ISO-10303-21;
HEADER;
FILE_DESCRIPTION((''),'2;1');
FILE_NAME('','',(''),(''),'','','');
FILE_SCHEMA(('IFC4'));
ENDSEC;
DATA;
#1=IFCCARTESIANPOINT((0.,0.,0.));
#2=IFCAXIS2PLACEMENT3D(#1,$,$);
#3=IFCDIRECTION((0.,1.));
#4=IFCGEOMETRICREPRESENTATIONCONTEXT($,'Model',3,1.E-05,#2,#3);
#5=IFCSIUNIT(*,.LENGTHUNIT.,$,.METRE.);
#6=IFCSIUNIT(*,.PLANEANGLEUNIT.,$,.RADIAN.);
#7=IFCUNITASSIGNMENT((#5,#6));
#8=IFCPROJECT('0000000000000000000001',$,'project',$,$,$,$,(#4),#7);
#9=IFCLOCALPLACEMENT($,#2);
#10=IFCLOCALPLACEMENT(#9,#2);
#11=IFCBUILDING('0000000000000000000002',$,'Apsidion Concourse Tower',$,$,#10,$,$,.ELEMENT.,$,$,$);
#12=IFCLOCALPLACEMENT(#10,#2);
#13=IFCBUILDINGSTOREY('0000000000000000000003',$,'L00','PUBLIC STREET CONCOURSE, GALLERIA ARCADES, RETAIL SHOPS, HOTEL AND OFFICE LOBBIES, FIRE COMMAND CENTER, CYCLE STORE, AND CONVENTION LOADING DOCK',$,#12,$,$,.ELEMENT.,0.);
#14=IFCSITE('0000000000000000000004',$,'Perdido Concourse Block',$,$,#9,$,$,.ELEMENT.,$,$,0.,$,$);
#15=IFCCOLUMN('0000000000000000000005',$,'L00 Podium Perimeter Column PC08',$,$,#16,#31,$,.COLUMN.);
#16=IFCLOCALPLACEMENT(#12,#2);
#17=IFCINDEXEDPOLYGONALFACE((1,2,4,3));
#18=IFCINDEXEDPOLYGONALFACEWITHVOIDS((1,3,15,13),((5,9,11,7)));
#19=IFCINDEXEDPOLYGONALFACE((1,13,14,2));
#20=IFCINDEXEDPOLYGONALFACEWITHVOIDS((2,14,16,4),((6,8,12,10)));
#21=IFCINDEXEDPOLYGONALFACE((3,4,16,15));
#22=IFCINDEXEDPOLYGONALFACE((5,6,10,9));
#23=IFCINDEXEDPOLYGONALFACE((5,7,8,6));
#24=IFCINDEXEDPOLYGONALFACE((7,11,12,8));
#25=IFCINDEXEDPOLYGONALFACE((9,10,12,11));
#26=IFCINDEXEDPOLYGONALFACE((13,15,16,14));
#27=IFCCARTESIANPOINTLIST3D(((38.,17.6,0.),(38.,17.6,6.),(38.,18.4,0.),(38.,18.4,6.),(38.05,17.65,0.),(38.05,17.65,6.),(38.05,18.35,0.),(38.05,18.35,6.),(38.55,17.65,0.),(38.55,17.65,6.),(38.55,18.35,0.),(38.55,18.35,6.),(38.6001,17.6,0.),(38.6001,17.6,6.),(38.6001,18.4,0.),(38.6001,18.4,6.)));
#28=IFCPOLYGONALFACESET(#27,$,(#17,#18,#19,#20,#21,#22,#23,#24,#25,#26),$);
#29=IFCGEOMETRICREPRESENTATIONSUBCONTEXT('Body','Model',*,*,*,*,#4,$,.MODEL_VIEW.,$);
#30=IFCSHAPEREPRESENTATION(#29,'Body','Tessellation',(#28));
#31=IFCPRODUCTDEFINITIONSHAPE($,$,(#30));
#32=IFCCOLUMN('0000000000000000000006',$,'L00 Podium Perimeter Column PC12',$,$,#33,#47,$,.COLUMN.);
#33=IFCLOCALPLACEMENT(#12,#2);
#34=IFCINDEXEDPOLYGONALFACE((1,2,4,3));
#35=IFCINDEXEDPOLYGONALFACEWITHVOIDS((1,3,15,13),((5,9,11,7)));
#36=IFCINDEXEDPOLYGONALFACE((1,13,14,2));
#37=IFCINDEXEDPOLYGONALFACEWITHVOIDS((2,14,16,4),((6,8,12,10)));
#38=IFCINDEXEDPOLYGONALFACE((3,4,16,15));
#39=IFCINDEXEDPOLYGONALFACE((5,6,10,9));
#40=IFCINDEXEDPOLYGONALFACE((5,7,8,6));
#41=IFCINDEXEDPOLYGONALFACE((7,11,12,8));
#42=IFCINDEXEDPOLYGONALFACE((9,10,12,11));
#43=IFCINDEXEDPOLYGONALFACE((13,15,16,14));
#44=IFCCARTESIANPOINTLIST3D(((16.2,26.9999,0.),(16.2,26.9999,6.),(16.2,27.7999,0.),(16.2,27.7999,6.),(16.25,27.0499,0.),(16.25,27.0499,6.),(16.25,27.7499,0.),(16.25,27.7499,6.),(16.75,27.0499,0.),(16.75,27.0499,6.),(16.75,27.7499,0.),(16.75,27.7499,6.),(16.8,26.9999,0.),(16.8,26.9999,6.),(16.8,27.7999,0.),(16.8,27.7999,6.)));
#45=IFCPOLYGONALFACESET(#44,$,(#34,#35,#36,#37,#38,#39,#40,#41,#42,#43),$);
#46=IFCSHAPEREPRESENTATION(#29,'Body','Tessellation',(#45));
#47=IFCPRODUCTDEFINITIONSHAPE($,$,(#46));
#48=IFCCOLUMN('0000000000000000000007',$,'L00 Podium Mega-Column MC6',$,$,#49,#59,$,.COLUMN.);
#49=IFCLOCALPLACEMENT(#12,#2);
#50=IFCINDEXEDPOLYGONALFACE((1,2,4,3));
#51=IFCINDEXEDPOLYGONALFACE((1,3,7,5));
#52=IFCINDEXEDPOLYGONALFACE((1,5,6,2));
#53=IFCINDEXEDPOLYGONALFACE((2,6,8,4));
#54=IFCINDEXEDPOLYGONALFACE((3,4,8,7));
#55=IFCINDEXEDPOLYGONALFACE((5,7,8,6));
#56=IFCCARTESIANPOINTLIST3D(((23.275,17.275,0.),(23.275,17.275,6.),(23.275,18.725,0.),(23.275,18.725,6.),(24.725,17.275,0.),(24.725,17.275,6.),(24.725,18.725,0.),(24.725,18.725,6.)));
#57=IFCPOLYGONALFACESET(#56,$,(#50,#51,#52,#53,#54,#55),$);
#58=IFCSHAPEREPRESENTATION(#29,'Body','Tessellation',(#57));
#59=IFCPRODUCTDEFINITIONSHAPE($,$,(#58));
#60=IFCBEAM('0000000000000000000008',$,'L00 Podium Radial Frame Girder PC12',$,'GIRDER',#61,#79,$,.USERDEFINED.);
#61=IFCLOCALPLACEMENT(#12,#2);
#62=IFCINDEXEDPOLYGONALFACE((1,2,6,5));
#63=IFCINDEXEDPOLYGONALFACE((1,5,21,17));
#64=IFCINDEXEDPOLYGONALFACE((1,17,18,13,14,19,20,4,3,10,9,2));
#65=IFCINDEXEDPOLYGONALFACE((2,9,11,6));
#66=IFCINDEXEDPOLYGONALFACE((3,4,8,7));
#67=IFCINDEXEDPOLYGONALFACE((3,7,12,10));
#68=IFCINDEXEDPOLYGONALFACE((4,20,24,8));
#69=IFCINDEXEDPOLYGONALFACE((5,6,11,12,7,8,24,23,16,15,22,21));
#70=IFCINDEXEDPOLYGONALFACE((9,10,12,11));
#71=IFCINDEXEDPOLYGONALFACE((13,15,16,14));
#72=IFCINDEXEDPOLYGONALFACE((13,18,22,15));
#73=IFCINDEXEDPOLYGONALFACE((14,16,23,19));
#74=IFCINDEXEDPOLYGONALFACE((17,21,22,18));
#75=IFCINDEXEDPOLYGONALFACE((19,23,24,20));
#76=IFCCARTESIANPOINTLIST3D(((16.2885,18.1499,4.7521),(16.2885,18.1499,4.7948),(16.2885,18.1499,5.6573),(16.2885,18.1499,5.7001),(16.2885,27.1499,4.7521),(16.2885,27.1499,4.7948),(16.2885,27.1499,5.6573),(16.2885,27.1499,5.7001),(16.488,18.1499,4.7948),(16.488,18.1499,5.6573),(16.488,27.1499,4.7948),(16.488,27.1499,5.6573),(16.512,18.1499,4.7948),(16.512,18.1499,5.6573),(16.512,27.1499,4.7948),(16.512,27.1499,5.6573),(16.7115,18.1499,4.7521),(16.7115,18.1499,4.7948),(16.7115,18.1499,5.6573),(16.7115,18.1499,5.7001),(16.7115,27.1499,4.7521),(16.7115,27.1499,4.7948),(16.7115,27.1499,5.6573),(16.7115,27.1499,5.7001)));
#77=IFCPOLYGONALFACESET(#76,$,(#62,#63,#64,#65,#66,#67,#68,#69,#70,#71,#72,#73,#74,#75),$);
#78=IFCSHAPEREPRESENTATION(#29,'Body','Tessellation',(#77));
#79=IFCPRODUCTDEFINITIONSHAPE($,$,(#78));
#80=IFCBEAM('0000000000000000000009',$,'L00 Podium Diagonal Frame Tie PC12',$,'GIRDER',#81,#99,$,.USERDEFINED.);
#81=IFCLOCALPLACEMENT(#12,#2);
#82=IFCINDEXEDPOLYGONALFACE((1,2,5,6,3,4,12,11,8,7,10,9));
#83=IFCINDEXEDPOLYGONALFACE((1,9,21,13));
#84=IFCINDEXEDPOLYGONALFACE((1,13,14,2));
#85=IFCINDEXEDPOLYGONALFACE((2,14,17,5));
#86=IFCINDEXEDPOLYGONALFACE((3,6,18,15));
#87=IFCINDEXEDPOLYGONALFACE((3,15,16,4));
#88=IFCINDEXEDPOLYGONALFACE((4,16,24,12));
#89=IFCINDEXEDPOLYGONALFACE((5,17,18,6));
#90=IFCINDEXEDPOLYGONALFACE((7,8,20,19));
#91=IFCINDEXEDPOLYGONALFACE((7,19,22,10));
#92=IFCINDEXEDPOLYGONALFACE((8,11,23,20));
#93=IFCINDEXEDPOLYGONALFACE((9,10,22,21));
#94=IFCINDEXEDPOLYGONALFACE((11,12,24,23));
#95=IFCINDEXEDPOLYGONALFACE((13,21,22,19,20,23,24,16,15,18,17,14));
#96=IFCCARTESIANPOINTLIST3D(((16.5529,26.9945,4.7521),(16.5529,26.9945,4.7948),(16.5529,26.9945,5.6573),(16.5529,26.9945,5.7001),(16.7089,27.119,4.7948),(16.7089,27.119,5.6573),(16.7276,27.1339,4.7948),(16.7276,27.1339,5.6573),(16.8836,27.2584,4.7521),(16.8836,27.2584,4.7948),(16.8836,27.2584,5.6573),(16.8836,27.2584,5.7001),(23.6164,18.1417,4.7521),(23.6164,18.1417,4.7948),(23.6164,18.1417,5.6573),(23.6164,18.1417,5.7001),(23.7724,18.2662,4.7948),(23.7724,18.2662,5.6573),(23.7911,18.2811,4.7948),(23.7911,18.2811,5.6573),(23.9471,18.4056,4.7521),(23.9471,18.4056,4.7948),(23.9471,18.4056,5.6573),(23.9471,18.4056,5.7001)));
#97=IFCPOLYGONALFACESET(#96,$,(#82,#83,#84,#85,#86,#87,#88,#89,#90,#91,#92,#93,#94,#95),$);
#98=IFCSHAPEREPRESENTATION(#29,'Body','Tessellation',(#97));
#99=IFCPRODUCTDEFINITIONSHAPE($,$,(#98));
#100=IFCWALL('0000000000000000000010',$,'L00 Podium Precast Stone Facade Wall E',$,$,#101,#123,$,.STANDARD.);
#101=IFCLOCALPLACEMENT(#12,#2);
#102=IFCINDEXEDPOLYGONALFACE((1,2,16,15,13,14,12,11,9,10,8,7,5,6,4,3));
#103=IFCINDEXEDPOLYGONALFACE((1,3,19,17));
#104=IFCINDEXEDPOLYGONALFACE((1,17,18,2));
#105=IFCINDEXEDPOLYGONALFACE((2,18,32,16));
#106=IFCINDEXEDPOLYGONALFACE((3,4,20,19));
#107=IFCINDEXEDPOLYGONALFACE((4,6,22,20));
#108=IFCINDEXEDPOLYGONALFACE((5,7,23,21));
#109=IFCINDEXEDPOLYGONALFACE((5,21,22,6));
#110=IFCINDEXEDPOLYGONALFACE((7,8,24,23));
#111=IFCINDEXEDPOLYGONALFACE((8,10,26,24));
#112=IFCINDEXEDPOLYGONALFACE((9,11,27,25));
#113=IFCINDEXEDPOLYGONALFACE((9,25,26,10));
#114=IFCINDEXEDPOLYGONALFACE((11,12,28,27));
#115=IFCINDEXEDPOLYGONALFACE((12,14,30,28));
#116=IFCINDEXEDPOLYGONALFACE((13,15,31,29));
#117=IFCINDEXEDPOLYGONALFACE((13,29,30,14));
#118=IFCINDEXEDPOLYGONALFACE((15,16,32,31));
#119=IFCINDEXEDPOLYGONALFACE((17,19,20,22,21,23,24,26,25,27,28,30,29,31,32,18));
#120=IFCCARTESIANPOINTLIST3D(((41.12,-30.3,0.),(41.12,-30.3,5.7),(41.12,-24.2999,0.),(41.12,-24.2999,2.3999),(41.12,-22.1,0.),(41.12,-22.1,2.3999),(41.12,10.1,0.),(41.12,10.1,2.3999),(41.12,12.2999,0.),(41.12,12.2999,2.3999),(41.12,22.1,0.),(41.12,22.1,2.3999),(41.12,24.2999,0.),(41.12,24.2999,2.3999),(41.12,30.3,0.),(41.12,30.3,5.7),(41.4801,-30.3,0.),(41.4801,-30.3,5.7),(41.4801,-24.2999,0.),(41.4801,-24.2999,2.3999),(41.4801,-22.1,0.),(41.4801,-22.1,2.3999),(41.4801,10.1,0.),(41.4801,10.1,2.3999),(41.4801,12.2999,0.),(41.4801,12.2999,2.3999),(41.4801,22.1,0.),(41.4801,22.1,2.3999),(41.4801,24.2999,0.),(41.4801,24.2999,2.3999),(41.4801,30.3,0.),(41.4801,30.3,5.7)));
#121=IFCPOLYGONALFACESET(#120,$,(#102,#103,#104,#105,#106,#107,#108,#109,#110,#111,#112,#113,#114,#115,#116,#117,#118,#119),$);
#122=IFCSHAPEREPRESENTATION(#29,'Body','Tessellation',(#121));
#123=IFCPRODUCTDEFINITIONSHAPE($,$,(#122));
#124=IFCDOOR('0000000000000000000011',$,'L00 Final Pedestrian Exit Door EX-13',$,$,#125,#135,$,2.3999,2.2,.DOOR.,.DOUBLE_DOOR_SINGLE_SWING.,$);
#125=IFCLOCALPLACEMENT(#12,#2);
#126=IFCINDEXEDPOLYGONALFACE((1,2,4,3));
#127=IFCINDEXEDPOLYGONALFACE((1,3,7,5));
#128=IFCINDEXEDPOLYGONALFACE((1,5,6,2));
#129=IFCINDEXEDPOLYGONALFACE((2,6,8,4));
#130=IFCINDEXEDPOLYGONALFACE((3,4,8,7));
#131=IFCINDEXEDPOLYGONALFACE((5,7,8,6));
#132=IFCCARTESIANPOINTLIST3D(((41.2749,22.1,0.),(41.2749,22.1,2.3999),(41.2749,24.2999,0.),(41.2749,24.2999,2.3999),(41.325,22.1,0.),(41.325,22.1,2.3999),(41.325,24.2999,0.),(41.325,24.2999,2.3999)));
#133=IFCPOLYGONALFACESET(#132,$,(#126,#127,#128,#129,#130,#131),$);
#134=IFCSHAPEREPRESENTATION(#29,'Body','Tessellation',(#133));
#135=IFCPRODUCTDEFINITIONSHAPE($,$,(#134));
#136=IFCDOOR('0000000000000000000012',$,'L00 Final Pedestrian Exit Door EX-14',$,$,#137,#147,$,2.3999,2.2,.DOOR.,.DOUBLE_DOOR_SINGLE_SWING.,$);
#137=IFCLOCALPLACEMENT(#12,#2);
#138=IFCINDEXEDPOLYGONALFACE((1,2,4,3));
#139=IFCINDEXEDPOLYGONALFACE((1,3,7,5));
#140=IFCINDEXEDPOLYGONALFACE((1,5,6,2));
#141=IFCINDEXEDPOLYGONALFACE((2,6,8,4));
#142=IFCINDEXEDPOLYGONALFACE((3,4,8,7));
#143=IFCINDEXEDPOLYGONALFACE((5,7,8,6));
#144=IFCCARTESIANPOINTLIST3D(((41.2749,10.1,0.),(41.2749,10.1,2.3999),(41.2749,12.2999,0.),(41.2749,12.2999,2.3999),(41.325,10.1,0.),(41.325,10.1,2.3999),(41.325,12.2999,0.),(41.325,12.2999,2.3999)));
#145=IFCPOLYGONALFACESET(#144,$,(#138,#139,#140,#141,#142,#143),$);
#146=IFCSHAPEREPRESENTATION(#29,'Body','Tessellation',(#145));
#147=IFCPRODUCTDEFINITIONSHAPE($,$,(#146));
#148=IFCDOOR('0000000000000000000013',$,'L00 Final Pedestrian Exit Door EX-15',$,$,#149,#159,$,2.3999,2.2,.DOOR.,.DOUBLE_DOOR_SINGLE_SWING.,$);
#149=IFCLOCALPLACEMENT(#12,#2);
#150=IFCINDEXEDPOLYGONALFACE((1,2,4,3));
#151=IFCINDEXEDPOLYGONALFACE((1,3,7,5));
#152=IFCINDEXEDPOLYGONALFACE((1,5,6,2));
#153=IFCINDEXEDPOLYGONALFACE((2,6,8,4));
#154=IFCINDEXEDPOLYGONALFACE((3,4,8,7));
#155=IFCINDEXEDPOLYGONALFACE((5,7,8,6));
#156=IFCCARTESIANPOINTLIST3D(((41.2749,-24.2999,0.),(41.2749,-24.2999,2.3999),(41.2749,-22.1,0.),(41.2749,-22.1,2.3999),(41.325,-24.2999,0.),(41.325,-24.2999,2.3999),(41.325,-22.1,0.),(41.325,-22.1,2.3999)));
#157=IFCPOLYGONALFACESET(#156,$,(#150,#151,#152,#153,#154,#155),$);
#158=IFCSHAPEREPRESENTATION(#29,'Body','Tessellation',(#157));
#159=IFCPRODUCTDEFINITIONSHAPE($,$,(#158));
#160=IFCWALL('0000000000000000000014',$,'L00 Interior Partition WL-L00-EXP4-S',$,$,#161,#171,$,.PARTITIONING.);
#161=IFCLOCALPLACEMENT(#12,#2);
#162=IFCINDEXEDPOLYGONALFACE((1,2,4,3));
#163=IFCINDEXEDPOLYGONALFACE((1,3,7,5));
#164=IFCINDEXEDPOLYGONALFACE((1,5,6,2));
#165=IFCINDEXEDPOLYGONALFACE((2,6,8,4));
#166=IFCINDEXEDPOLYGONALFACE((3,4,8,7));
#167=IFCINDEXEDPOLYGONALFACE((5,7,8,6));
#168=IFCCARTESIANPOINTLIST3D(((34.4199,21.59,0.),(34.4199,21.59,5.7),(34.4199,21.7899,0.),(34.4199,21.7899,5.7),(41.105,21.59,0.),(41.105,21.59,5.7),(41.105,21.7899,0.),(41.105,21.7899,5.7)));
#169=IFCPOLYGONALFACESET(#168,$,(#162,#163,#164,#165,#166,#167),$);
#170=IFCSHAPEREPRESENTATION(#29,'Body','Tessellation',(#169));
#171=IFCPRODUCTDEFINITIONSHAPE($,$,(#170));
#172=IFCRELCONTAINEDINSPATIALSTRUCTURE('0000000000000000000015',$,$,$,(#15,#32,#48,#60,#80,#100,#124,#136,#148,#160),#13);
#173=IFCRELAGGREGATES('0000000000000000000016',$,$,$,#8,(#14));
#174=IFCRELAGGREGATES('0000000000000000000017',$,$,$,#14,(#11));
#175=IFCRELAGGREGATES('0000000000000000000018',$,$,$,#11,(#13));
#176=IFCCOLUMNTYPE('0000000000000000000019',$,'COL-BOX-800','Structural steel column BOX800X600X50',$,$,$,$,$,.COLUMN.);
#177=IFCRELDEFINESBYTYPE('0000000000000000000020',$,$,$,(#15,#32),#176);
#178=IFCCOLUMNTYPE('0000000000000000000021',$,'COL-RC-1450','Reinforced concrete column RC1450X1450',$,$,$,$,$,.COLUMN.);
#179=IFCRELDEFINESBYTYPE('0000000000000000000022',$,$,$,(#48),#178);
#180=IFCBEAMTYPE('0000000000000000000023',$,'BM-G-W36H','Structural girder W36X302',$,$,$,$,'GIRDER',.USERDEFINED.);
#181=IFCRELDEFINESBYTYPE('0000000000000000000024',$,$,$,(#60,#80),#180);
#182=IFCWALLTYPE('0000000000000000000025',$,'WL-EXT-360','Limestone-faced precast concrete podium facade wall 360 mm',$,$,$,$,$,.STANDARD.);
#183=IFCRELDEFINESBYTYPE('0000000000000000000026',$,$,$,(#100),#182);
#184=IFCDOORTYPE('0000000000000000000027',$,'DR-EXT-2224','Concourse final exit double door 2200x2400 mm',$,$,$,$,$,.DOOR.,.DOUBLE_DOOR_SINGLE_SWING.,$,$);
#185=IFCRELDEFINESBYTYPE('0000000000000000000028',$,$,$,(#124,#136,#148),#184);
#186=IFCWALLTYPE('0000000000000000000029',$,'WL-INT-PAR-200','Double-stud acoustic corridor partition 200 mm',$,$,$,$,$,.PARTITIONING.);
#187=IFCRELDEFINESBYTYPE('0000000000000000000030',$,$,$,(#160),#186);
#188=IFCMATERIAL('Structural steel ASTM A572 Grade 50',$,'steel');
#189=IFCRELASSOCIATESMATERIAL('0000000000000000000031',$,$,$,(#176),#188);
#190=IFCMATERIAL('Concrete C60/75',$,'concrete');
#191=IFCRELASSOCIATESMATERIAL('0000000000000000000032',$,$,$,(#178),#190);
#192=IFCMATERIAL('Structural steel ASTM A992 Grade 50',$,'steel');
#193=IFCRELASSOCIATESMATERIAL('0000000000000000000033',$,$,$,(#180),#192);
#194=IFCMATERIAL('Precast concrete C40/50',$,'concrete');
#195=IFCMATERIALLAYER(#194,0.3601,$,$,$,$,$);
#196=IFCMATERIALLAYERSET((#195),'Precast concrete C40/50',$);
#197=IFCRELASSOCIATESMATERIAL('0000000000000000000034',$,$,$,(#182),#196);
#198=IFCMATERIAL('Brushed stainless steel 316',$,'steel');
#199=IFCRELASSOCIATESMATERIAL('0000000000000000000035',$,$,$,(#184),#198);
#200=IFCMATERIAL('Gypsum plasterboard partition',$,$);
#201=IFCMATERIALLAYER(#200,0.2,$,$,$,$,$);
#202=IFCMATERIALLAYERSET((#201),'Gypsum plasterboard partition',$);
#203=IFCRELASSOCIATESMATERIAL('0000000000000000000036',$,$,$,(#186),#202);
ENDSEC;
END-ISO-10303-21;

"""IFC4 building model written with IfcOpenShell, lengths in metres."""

from ifc_helpers import new_model, si_unit, direction, frame, frame_2d, origin, origin_2d, place, context, subcontext, project, spatial, rectangle, hollow_rectangle, i_section, extrude, material, layer, layer_set, material_profile, profile_set, type_object, element, fill, save


model = new_model("IFC4")

# Units and contexts
model_context = context("Model", 3, precision=1e-05, world=origin(), true_north=direction((0.0, 1.0)))
body_context = subcontext(model_context, "Body", "Model", "MODEL_VIEW")
ifc_project = project(units=[si_unit("LENGTHUNIT", "METRE"), si_unit("PLANEANGLEUNIT", "RADIAN")], contexts=[model_context])

# Site, building, storey
site_placement = place(None, origin())
site = spatial("IfcSite", under=ifc_project, at=site_placement, Name="Perdido Concourse Block", CompositionType="ELEMENT", RefElevation=0.0)
building_placement = place(site_placement, origin())
building = spatial("IfcBuilding", under=site, at=building_placement, Name="Apsidion Concourse Tower", CompositionType="ELEMENT")
storey_placement = place(building_placement, origin())
storey = spatial("IfcBuildingStorey", under=building, at=storey_placement, Name="L00", Description="PUBLIC STREET CONCOURSE, GALLERIA ARCADES, RETAIL SHOPS, HOTEL AND OFFICE LOBBIES, FIRE COMMAND CENTER, CYCLE STORE, AND CONVENTION LOADING DOCK", CompositionType="ELEMENT", Elevation=0.0)

# Columns
ifc_material_1 = material(Name="Structural steel ASTM A572 Grade 50", Category="steel")
ifc_material_profile_1 = material_profile(ifc_material_1, hollow_rectangle(XDim=0.6001, YDim=0.8, WallThickness=0.05, at=origin_2d()), Name="BOX800X600X50")
ifc_profile_set_1 = profile_set([ifc_material_profile_1], Name="Structural steel ASTM A572 Grade 50")
column_type_1 = type_object("IfcColumnType", Name="COL-BOX-800", Description="Structural steel column BOX800X600X50", PredefinedType="COLUMN", material=ifc_profile_set_1)
for number, where, z_axis, x_axis, name in (
    (1, (38.3, 18.0, 0.0), (0.0, 0.0, 1.0), (1.0, 0.0, 0.0), "L00 Podium Perimeter Column PC08"),
    (2, (16.5, 27.3999, 0.0), (0.0, 0.0, 1.0), (1.0, 0.0, 0.0), "L00 Podium Perimeter Column PC12"),
):
    element("IfcColumn", number, at=place(storey_placement, frame(where, z_axis=z_axis, x_axis=x_axis)), inside=storey, type_object=column_type_1, Name=name, PredefinedType="COLUMN", context=body_context, shape_type="SweptSolid", body=[
        extrude(hollow_rectangle(XDim=0.6001, YDim=0.8, WallThickness=0.05, at=origin_2d()), origin(), (0.0, 0.0, 1.0), 6.0),
    ])
ifc_material_2 = material(Name="Concrete C60/75", Category="concrete")
ifc_material_profile_2 = material_profile(ifc_material_2, rectangle(XDim=1.45, YDim=1.45, at=origin_2d()), Name="RC 1450x1450")
ifc_profile_set_2 = profile_set([ifc_material_profile_2], Name="Concrete C60/75")
column_type_2 = type_object("IfcColumnType", Name="COL-RC-1450", Description="Reinforced concrete column RC1450X1450", PredefinedType="COLUMN", material=ifc_profile_set_2)
column_placement = place(storey_placement, frame((24.0, 18.0, 0.0), z_axis=(0.0, 0.0, 1.0), x_axis=(1.0, 0.0, 0.0)))
element("IfcColumn", 3, at=column_placement, inside=storey, type_object=column_type_2, Name="L00 Podium Mega-Column MC6", PredefinedType="COLUMN", context=body_context, shape_type="SweptSolid", body=[
    extrude(rectangle(XDim=1.45, YDim=1.45, at=origin_2d()), origin(), (0.0, 0.0, 1.0), 6.0),
])

# Beams
ifc_material_3 = material(Name="Structural steel ASTM A992 Grade 50", Category="steel")
ifc_material_profile_3 = material_profile(ifc_material_3, i_section(OverallWidth=0.4231, OverallDepth=0.948, WebThickness=0.0239, FlangeThickness=0.0427, at=origin_2d()), Name="W36X302")
ifc_profile_set_3 = profile_set([ifc_material_profile_3], Name="Structural steel ASTM A992 Grade 50")
beam_type = type_object("IfcBeamType", Name="BM-G-W36H", Description="Structural girder W36X302", ElementType="GIRDER", PredefinedType="USERDEFINED", material=ifc_profile_set_3)
beam_1_placement = place(storey_placement, frame((16.5, 27.1499, 5.2261), z_axis=(0.0, -1.0, 0.0), x_axis=(1.0, 0.0, 0.0)))
element("IfcBeam", 4, at=beam_1_placement, inside=storey, type_object=beam_type, Name="L00 Podium Radial Frame Girder PC12", ObjectType="GIRDER", PredefinedType="USERDEFINED", context=body_context, shape_type="SweptSolid", body=[
    extrude(i_section(OverallWidth=0.4231, OverallDepth=0.948, WebThickness=0.0239, FlangeThickness=0.0427, at=origin_2d()), origin(), (0.0, 0.0, 1.0), 9.0),
])
beam_2_placement = place(storey_placement, frame((16.7183, 27.1265, 5.2261), z_axis=(0.623685, -0.781676, 0.0), x_axis=(0.781676, 0.623685, 0.0)))
element("IfcBeam", 5, at=beam_2_placement, inside=storey, type_object=beam_type, Name="L00 Podium Diagonal Frame Tie PC12", ObjectType="GIRDER", PredefinedType="USERDEFINED", context=body_context, shape_type="SweptSolid", body=[
    extrude(i_section(OverallWidth=0.4231, OverallDepth=0.948, WebThickness=0.0239, FlangeThickness=0.0427, at=origin_2d()), origin(), (0.0, 0.0, 1.0), 11.3254),
])

# Wall, openings, doors
ifc_material_4 = material(Name="Precast concrete C40/50", Category="concrete")
ifc_layer_1 = layer(ifc_material_4, 0.3601)
ifc_layer_set_1 = layer_set([ifc_layer_1], Name="Precast concrete C40/50")
wall_type_1 = type_object("IfcWallType", Name="WL-EXT-360", Description="Limestone-faced precast concrete podium facade wall 360 mm", PredefinedType="STANDARD", material=ifc_layer_set_1)
wall_1_placement = place(storey_placement, frame((41.3, 30.3, 0.0), z_axis=(0.0, 0.0, 1.0), x_axis=(0.0, -1.0, 0.0)))
wall_1 = element("IfcWall", 6, at=wall_1_placement, inside=storey, type_object=wall_type_1, Name="L00 Podium Precast Stone Facade Wall E", PredefinedType="STANDARD", context=body_context, shape_type="SweptSolid", body=[
    extrude(rectangle(XDim=60.6001, YDim=0.3601, at=frame_2d((30.3, 0.0))), origin(), (0.0, 0.0, 1.0), 5.7),
])
opening_1_placement = place(wall_1_placement, frame((6.0, 0.0, 0.0)))
opening_1 = element("IfcOpeningElement", 7, at=opening_1_placement, cuts=wall_1, PredefinedType="OPENING", context=body_context, shape_type="SweptSolid", body=[
    extrude(rectangle(XDim=2.2, YDim=2.3999, at=frame_2d((1.1001, 1.2))), frame((0.0, 0.1899, 0.0), z_axis=(0.0, -1.0, 0.0), x_axis=(1.0, 0.0, 0.0)), (0.0, 0.0, 1.0), 0.3801),
])
opening_2_placement = place(wall_1_placement, frame((18.0, 0.0, 0.0)))
opening_2 = element("IfcOpeningElement", 8, at=opening_2_placement, cuts=wall_1, PredefinedType="OPENING", context=body_context, shape_type="SweptSolid", body=[
    extrude(rectangle(XDim=2.2, YDim=2.3999, at=frame_2d((1.1001, 1.2))), frame((0.0, 0.1899, 0.0), z_axis=(0.0, -1.0, 0.0), x_axis=(1.0, 0.0, 0.0)), (0.0, 0.0, 1.0), 0.3801),
])
opening_3_placement = place(wall_1_placement, frame((52.3999, 0.0, 0.0)))
opening_3 = element("IfcOpeningElement", 9, at=opening_3_placement, cuts=wall_1, PredefinedType="OPENING", context=body_context, shape_type="SweptSolid", body=[
    extrude(rectangle(XDim=2.2, YDim=2.3999, at=frame_2d((1.1001, 1.2))), frame((0.0, 0.1899, 0.0), z_axis=(0.0, -1.0, 0.0), x_axis=(1.0, 0.0, 0.0)), (0.0, 0.0, 1.0), 0.3801),
])
ifc_material_5 = material(Name="Brushed stainless steel 316", Category="steel")
door_type_1 = type_object("IfcDoorType", Name="DR-EXT-2224", Description="Concourse final exit double door 2200x2400 mm", OperationType="DOUBLE_DOOR_SINGLE_SWING", PredefinedType="DOOR", material=ifc_material_5)
door_1_placement = place(opening_1_placement, origin())
door_1 = element("IfcDoor", 10, at=door_1_placement, inside=storey, type_object=door_type_1, Name="L00 Final Pedestrian Exit Door EX-13", OperationType="DOUBLE_DOOR_SINGLE_SWING", OverallHeight=2.3999, OverallWidth=2.2, PredefinedType="DOOR", context=body_context, shape_type="SweptSolid", body=[
    extrude(rectangle(XDim=2.2, YDim=2.3999, at=frame_2d((1.1001, 1.2))), frame((0.0, 0.0249, 0.0), z_axis=(0.0, -1.0, 0.0), x_axis=(1.0, 0.0, 0.0)), (0.0, 0.0, 1.0), 0.05),
])
fill(opening_1, door_1)
door_2_placement = place(opening_2_placement, origin())
door_2 = element("IfcDoor", 11, at=door_2_placement, inside=storey, type_object=door_type_1, Name="L00 Final Pedestrian Exit Door EX-14", OperationType="DOUBLE_DOOR_SINGLE_SWING", OverallHeight=2.3999, OverallWidth=2.2, PredefinedType="DOOR", context=body_context, shape_type="SweptSolid", body=[
    extrude(rectangle(XDim=2.2, YDim=2.3999, at=frame_2d((1.1001, 1.2))), frame((0.0, 0.0249, 0.0), z_axis=(0.0, -1.0, 0.0), x_axis=(1.0, 0.0, 0.0)), (0.0, 0.0, 1.0), 0.05),
])
fill(opening_2, door_2)
door_3_placement = place(opening_3_placement, origin())
door_3 = element("IfcDoor", 12, at=door_3_placement, inside=storey, type_object=door_type_1, Name="L00 Final Pedestrian Exit Door EX-15", OperationType="DOUBLE_DOOR_SINGLE_SWING", OverallHeight=2.3999, OverallWidth=2.2, PredefinedType="DOOR", context=body_context, shape_type="SweptSolid", body=[
    extrude(rectangle(XDim=2.2, YDim=2.3999, at=frame_2d((1.1001, 1.2))), frame((0.0, 0.0249, 0.0), z_axis=(0.0, -1.0, 0.0), x_axis=(1.0, 0.0, 0.0)), (0.0, 0.0, 1.0), 0.05),
])
fill(opening_3, door_3)

# Wall
ifc_material_6 = material(Name="Gypsum plasterboard partition")
ifc_layer_2 = layer(ifc_material_6, 0.2)
ifc_layer_set_2 = layer_set([ifc_layer_2], Name="Gypsum plasterboard partition")
wall_type_2 = type_object("IfcWallType", Name="WL-INT-PAR-200", Description="Double-stud acoustic corridor partition 200 mm", PredefinedType="PARTITIONING", material=ifc_layer_set_2)
for number, where, z_axis, x_axis, name in (
    (13, (34.4199, 21.6899, 0.0), (0.0, 0.0, 1.0), (1.0, 0.0, 0.0), "L00 Interior Partition WL-L00-EXP4-S"),
):
    element("IfcWall", number, at=place(storey_placement, frame(where, z_axis=z_axis, x_axis=x_axis)), inside=storey, type_object=wall_type_2, Name=name, PredefinedType="PARTITIONING", context=body_context, shape_type="SweptSolid", body=[
        extrude(rectangle(XDim=6.6851, YDim=0.2, at=frame_2d((3.3425, 0.0))), origin(), (0.0, 0.0, 1.0), 5.7),
    ])

save(model, "model.ifc")
